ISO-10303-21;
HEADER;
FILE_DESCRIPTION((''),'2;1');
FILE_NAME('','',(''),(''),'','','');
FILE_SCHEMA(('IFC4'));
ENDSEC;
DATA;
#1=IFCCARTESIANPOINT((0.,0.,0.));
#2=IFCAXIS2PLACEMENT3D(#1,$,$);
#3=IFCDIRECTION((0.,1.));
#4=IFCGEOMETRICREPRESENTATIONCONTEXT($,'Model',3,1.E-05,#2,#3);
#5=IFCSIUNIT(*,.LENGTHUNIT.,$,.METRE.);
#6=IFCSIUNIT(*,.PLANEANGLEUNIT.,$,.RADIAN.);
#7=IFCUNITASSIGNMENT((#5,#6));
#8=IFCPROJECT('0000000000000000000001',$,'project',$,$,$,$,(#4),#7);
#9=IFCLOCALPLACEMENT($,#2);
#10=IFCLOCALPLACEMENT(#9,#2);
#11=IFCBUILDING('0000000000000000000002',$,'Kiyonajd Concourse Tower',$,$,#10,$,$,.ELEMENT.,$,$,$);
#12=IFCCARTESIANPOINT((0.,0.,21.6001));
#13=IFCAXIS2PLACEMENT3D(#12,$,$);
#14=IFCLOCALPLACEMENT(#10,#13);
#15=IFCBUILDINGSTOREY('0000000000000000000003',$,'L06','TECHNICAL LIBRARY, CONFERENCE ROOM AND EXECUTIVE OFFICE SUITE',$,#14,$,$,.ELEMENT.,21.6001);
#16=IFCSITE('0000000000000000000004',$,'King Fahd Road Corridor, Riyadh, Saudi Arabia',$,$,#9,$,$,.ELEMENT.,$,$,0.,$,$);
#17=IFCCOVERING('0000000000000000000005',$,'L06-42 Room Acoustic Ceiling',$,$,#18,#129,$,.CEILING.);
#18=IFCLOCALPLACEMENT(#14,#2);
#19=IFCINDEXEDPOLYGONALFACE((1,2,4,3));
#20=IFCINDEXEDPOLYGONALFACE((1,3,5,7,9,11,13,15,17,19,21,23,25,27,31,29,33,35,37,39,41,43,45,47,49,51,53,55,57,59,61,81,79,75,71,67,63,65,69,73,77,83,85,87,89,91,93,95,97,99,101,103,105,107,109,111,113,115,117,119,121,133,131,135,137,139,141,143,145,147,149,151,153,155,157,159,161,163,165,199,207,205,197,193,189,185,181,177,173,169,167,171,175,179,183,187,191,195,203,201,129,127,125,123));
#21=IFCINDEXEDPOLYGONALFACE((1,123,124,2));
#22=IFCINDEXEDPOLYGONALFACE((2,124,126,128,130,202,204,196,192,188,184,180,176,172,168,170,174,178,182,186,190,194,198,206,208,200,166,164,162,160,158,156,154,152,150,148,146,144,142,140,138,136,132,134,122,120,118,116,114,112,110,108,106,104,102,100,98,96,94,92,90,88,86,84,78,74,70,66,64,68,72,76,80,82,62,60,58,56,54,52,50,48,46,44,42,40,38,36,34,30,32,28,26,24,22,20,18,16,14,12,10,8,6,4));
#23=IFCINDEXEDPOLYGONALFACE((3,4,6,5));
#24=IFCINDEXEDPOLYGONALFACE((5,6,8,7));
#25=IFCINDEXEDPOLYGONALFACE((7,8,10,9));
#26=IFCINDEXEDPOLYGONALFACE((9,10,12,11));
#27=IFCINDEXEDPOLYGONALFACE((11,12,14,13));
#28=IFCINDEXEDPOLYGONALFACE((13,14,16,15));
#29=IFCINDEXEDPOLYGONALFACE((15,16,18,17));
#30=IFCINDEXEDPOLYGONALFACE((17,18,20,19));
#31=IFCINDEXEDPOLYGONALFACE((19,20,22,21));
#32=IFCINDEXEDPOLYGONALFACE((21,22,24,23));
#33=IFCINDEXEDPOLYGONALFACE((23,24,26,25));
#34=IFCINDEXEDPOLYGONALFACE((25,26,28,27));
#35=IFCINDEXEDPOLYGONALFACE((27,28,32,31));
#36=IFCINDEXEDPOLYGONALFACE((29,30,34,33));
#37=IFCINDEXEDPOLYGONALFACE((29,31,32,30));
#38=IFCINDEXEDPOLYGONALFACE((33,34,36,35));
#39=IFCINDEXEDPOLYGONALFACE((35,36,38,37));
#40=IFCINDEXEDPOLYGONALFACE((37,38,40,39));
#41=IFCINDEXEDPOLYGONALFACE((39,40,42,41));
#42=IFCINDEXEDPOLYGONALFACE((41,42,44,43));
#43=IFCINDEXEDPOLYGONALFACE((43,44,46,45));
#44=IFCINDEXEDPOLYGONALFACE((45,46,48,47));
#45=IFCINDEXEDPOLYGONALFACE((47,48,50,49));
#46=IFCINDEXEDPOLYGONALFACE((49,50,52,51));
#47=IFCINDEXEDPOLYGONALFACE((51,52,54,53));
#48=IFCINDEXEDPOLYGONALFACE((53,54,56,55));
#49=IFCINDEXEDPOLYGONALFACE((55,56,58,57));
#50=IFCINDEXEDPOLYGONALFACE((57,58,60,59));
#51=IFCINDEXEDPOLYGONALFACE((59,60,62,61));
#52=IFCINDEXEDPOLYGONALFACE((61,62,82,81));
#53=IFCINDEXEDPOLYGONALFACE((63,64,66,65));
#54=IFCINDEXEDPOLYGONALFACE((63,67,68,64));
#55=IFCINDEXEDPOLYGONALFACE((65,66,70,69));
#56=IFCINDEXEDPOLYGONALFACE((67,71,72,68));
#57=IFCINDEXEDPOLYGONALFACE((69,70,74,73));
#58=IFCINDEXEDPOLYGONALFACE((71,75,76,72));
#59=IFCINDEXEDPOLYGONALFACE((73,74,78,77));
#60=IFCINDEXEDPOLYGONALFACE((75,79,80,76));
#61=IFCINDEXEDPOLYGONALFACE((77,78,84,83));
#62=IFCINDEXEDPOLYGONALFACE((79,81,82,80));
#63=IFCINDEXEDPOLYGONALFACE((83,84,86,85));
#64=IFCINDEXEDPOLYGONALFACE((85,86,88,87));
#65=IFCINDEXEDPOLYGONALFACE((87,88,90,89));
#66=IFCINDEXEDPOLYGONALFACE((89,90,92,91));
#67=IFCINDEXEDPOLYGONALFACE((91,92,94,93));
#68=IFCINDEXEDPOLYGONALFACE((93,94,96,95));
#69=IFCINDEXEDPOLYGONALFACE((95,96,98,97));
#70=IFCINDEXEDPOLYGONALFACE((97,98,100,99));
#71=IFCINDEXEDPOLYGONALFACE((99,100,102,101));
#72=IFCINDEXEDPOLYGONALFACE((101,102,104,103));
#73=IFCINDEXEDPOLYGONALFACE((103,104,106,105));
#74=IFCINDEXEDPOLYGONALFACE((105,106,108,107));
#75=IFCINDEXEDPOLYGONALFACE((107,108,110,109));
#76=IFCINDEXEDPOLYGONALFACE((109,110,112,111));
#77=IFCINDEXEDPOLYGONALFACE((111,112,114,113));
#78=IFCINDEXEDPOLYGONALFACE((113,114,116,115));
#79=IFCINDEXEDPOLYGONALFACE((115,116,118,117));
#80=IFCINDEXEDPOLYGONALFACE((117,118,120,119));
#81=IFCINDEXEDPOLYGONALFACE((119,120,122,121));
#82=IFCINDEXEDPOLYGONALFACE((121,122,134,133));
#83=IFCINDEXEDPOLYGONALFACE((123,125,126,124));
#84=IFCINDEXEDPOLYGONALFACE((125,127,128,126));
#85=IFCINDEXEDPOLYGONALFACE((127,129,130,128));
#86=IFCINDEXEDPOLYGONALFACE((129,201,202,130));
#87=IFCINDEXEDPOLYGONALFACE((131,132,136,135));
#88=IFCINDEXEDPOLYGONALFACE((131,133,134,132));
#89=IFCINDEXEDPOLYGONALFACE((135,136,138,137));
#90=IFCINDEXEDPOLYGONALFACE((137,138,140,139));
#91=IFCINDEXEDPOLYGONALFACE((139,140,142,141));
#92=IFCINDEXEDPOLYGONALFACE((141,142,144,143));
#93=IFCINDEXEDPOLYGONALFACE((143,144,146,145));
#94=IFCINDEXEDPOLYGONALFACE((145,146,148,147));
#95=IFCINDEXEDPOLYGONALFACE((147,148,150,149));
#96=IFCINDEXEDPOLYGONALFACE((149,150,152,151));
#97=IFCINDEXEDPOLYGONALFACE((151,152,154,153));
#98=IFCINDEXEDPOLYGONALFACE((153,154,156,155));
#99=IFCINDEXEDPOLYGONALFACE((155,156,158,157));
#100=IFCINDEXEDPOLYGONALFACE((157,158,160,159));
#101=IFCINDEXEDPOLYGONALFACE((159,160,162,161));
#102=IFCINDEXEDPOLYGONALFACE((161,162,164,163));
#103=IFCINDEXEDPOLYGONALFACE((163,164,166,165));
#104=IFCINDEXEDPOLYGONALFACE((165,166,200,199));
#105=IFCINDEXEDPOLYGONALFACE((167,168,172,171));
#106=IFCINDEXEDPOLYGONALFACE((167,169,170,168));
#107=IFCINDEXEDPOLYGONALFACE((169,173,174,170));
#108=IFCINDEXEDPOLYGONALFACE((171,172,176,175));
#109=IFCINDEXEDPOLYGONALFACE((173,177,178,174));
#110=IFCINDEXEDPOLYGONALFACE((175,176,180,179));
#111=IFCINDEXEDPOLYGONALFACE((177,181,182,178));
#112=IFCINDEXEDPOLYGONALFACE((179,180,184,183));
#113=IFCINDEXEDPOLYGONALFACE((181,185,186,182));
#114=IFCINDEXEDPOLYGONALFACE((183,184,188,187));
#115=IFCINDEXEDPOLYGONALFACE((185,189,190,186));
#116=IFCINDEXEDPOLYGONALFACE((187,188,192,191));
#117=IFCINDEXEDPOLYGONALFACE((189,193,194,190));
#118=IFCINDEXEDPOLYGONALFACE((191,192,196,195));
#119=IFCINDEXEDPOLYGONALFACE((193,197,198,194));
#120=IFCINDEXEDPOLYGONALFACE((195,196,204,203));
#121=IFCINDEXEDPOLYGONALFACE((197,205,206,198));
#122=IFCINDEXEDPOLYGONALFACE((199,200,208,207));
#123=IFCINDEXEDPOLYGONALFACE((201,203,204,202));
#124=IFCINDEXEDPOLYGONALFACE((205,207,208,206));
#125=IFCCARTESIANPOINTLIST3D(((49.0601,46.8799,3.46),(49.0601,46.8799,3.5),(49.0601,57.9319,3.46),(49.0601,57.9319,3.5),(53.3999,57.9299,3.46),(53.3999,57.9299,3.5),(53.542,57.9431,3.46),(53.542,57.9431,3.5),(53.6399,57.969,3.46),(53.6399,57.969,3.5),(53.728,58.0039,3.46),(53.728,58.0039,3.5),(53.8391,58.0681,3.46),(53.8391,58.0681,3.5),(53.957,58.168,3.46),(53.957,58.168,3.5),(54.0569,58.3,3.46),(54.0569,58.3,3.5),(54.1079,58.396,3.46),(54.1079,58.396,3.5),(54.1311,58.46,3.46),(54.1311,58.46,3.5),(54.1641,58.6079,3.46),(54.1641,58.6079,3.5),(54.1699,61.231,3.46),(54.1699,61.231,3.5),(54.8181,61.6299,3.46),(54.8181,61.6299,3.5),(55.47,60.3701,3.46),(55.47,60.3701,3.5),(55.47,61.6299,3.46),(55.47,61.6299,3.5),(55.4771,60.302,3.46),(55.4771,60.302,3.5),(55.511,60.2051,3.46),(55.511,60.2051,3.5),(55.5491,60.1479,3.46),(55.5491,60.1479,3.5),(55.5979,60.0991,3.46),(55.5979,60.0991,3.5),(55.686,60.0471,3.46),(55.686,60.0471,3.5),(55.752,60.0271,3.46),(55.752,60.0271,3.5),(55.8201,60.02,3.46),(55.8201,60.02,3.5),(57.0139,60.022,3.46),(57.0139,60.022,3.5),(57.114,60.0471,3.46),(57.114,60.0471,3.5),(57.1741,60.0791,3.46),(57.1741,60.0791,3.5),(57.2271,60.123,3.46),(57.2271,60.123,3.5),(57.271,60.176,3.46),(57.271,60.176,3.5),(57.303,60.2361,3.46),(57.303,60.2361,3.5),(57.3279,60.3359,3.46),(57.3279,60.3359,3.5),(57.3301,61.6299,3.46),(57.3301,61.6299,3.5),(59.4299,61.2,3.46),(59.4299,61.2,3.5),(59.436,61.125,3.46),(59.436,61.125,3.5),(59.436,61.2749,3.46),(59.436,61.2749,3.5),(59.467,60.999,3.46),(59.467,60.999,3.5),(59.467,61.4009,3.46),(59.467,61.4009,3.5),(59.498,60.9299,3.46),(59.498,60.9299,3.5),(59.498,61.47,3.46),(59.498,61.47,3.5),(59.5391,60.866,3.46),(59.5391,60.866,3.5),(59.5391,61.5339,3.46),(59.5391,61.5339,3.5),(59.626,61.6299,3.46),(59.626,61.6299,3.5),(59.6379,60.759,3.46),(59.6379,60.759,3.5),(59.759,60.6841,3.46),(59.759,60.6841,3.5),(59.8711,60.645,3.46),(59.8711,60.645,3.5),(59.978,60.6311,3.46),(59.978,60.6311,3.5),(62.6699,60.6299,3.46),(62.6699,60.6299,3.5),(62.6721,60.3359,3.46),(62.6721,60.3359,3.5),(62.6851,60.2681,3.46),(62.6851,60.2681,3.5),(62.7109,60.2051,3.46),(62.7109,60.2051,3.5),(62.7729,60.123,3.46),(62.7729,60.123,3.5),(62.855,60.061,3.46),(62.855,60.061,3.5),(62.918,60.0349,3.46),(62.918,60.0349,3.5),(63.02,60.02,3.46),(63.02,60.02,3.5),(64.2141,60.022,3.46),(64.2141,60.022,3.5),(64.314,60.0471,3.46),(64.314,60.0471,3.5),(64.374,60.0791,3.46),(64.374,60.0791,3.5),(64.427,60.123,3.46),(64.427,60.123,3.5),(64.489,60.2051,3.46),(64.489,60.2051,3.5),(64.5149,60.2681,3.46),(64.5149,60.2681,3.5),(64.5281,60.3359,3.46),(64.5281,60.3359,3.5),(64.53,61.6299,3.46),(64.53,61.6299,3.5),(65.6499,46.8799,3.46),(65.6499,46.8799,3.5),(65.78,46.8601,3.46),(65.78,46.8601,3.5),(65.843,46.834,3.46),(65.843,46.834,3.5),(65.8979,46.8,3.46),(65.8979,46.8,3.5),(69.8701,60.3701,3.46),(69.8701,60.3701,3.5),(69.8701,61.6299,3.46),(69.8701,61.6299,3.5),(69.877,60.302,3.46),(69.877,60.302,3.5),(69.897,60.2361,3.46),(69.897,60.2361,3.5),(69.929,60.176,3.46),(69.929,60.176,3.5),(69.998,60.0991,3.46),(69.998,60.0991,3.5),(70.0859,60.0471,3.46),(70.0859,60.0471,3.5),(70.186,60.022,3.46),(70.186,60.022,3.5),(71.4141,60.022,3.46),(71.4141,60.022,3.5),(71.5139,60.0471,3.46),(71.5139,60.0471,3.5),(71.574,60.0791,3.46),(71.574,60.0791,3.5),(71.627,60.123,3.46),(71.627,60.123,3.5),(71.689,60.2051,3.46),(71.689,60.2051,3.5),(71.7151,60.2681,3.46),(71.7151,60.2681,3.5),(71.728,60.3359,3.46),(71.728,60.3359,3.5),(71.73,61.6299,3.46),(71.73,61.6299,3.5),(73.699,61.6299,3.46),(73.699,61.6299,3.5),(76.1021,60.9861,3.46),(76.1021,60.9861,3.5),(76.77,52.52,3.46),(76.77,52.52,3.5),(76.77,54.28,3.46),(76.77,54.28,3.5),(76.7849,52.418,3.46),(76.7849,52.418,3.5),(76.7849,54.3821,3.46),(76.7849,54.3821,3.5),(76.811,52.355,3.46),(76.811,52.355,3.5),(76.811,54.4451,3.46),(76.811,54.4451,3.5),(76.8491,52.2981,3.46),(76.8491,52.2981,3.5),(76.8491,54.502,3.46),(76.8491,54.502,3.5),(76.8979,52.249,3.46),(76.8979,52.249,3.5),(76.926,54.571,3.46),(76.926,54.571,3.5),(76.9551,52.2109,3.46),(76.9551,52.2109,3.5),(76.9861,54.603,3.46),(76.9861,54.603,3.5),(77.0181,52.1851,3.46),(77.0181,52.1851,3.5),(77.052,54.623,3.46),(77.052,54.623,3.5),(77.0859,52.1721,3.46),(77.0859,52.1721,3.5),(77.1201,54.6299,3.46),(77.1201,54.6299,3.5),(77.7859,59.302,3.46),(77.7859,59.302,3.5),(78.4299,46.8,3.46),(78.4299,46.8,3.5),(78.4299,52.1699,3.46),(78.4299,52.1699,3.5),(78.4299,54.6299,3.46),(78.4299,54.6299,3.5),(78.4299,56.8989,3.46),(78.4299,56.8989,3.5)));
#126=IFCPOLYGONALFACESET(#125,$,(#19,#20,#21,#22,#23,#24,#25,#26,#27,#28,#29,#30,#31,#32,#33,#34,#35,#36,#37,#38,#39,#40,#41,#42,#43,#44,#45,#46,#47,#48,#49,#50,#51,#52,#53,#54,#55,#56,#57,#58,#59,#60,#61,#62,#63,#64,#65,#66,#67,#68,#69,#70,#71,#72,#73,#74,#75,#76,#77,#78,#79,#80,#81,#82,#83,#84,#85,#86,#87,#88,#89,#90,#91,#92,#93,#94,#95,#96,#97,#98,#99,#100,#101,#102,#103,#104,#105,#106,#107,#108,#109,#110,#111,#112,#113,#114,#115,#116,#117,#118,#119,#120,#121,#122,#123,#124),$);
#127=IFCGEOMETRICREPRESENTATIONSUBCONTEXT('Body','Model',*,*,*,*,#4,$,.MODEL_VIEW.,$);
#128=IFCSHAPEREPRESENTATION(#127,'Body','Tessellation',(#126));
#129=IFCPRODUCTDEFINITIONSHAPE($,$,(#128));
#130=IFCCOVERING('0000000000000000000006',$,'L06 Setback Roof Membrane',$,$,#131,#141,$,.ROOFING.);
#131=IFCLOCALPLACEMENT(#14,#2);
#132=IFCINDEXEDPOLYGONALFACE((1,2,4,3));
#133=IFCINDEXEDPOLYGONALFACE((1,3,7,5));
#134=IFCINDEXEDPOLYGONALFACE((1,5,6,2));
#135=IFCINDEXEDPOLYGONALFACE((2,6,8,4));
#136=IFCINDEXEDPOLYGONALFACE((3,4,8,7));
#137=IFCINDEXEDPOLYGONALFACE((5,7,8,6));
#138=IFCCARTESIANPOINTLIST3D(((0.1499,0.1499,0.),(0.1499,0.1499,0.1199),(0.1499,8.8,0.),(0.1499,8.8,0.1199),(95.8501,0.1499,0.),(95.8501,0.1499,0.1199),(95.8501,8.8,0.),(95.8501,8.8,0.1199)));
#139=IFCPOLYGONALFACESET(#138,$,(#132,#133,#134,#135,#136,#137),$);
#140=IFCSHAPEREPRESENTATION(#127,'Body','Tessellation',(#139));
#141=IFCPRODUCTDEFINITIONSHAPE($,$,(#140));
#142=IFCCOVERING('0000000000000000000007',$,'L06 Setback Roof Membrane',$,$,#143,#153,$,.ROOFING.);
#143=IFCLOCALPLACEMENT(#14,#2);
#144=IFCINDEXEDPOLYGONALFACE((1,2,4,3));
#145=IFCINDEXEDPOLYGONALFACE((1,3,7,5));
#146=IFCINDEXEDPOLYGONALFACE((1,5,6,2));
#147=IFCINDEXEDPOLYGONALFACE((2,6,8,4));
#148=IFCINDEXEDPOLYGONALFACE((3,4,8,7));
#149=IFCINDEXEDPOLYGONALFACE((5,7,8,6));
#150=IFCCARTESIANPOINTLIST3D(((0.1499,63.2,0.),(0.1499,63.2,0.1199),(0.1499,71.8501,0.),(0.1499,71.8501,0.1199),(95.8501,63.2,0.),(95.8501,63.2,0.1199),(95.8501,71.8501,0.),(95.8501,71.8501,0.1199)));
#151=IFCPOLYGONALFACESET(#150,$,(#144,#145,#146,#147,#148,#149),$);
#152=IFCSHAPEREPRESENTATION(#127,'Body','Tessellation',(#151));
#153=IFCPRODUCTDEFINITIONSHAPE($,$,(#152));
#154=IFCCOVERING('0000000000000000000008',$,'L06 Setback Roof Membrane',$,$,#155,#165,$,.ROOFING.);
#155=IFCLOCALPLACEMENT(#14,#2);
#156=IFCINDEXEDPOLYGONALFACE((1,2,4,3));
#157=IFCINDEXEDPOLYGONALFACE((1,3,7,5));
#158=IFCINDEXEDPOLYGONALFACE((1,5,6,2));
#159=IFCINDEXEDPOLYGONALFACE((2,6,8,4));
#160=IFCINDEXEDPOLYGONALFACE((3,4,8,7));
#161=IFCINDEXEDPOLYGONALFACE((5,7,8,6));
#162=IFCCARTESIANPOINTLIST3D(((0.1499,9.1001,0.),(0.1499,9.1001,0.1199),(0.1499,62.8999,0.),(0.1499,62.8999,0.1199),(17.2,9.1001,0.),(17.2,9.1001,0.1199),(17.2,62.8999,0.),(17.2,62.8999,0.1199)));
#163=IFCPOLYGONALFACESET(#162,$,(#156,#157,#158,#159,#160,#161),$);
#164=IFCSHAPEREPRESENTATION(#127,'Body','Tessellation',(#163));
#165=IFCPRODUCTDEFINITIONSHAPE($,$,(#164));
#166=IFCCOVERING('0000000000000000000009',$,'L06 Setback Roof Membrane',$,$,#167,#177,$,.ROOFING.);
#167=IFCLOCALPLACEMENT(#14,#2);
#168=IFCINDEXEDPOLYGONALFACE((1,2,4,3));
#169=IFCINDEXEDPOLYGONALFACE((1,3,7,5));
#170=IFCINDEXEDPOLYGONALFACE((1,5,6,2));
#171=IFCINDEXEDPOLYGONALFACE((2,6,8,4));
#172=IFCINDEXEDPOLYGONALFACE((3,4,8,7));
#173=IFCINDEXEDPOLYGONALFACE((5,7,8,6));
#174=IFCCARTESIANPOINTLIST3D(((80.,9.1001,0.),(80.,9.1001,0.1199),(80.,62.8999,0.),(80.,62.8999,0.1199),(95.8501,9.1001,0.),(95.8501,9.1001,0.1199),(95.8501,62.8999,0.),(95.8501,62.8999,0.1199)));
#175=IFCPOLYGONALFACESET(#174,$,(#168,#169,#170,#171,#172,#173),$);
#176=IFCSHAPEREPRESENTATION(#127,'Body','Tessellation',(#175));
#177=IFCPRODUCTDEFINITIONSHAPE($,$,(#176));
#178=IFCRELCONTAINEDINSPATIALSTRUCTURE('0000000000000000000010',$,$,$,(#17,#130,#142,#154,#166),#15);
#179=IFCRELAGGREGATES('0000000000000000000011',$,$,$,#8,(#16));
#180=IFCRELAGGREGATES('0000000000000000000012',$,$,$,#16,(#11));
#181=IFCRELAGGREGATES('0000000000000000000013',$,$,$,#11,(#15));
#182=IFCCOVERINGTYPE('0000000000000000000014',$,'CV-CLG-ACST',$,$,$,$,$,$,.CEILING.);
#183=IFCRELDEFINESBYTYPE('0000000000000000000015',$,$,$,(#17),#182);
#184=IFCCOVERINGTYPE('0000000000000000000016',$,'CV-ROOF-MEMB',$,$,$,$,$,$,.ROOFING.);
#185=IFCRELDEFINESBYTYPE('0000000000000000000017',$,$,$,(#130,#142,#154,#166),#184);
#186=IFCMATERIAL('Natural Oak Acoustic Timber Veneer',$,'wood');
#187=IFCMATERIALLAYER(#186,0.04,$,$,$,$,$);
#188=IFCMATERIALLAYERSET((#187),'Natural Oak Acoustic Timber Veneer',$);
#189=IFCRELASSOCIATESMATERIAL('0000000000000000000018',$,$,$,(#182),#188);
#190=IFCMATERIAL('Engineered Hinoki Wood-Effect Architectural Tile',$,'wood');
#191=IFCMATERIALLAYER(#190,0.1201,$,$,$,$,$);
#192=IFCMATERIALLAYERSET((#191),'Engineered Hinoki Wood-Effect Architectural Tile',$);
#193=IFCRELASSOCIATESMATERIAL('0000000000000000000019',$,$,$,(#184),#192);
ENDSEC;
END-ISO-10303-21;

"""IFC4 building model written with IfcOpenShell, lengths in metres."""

from ifc_helpers import new_model, si_unit, direction, frame, origin, place, context, subcontext, project, spatial, polyline, outline, extrude, material, layer, layer_set, type_object, element, save


model = new_model("IFC4")

# Units and contexts
model_context = context("Model", 3, precision=1e-05, world=origin(), true_north=direction((0.0, 1.0)))
body_context = subcontext(model_context, "Body", "Model", "MODEL_VIEW")
ifc_project = project(units=[si_unit("LENGTHUNIT", "METRE"), si_unit("PLANEANGLEUNIT", "RADIAN")], contexts=[model_context])

# Site, building, storey
site_placement = place(None, origin())
site = spatial("IfcSite", under=ifc_project, at=site_placement, Name="King Fahd Road Corridor, Riyadh, Saudi Arabia", CompositionType="ELEMENT", RefElevation=0.0)
building_placement = place(site_placement, origin())
building = spatial("IfcBuilding", under=site, at=building_placement, Name="Kiyonajd Concourse Tower", CompositionType="ELEMENT")
storey_placement = place(building_placement, frame((0.0, 0.0, 21.6001)))
storey = spatial("IfcBuildingStorey", under=building, at=storey_placement, Name="L06", Description="TECHNICAL LIBRARY, CONFERENCE ROOM AND EXECUTIVE OFFICE SUITE", CompositionType="ELEMENT", Elevation=21.6001)

# Coverings
ifc_material_1 = material(Name="Natural Oak Acoustic Timber Veneer", Category="wood")
ifc_layer_1 = layer(ifc_material_1, 0.04)
ifc_layer_set_1 = layer_set([ifc_layer_1], Name="Natural Oak Acoustic Timber Veneer")
covering_type_1 = type_object("IfcCoveringType", Name="CV-CLG-ACST", PredefinedType="CEILING", material=ifc_layer_set_1)
covering_1_placement = place(storey_placement, frame((0.0, 0.0, 3.46)))
element("IfcCovering", 1, at=covering_1_placement, inside=storey, type_object=covering_type_1, Name="L06-42 Room Acoustic Ceiling", PredefinedType="CEILING", context=body_context, shape_type="SweptSolid", body=[
    extrude(outline(polyline([(49.0601, 57.9319), (53.3999, 57.9299), (53.542, 57.9431), (53.6399, 57.969), (53.728, 58.0039), (53.8391, 58.0681), (53.957, 58.168), (54.0569, 58.3), (54.1079, 58.396), (54.1311, 58.46), (54.1641, 58.6079), (54.1699, 61.231), (54.8181, 61.6299), (55.47, 61.6299), (55.47, 60.3701), (55.4771, 60.302), (55.511, 60.2051), (55.5491, 60.1479), (55.5979, 60.0991), (55.686, 60.0471), (55.752, 60.0271), (55.8201, 60.02), (57.0139, 60.022), (57.114, 60.0471), (57.1741, 60.0791), (57.2271, 60.123), (57.271, 60.176), (57.303, 60.2361), (57.3279, 60.3359), (57.3301, 61.6299), (59.626, 61.6299), (59.5391, 61.5339), (59.498, 61.47), (59.467, 61.4009), (59.436, 61.2749), (59.4299, 61.2), (59.436, 61.125), (59.467, 60.999), (59.498, 60.9299), (59.5391, 60.866), (59.6379, 60.759), (59.759, 60.6841), (59.8711, 60.645), (59.978, 60.6311), (62.6699, 60.6299), (62.6721, 60.3359), (62.6851, 60.2681), (62.7109, 60.2051), (62.7729, 60.123), (62.855, 60.061), (62.918, 60.0349), (63.02, 60.02), (64.2141, 60.022), (64.314, 60.0471), (64.374, 60.0791), (64.427, 60.123), (64.489, 60.2051), (64.5149, 60.2681), (64.5281, 60.3359), (64.53, 61.6299), (69.8701, 61.6299), (69.8701, 60.3701), (69.877, 60.302), (69.897, 60.2361), (69.929, 60.176), (69.998, 60.0991), (70.0859, 60.0471), (70.186, 60.022), (71.4141, 60.022), (71.5139, 60.0471), (71.574, 60.0791), (71.627, 60.123), (71.689, 60.2051), (71.7151, 60.2681), (71.728, 60.3359), (71.73, 61.6299), (73.699, 61.6299), (76.1021, 60.9861), (77.7859, 59.302), (78.4299, 56.8989), (78.4299, 54.6299), (77.1201, 54.6299), (77.052, 54.623), (76.9861, 54.603), (76.926, 54.571), (76.8491, 54.502), (76.811, 54.4451), (76.7849, 54.3821), (76.77, 54.28), (76.77, 52.52), (76.7849, 52.418), (76.811, 52.355), (76.8491, 52.2981), (76.8979, 52.249), (76.9551, 52.2109), (77.0181, 52.1851), (77.0859, 52.1721), (78.4299, 52.1699), (78.4299, 46.8), (65.8979, 46.8), (65.843, 46.834), (65.78, 46.8601), (65.6499, 46.8799), (49.0601, 46.8799), (49.0601, 57.9319)])), origin(), (0.0, 0.0, 1.0), 0.04),
])
ifc_material_2 = material(Name="Engineered Hinoki Wood-Effect Architectural Tile", Category="wood")
ifc_layer_2 = layer(ifc_material_2, 0.1201)
ifc_layer_set_2 = layer_set([ifc_layer_2], Name="Engineered Hinoki Wood-Effect Architectural Tile")
covering_type_2 = type_object("IfcCoveringType", Name="CV-ROOF-MEMB", PredefinedType="ROOFING", material=ifc_layer_set_2)
covering_2_placement = place(storey_placement, origin())
element("IfcCovering", 2, at=covering_2_placement, inside=storey, type_object=covering_type_2, Name="L06 Setback Roof Membrane", PredefinedType="ROOFING", context=body_context, shape_type="SweptSolid", body=[
    extrude(outline(polyline([(95.8501, 0.1499), (0.1499, 0.1499), (0.1499, 8.8), (95.8501, 8.8), (95.8501, 0.1499)])), origin(), (0.0, 0.0, 1.0), 0.1199),
])
covering_3_placement = place(storey_placement, origin())
element("IfcCovering", 3, at=covering_3_placement, inside=storey, type_object=covering_type_2, Name="L06 Setback Roof Membrane", PredefinedType="ROOFING", context=body_context, shape_type="SweptSolid", body=[
    extrude(outline(polyline([(95.8501, 71.8501), (95.8501, 63.2), (0.1499, 63.2), (0.1499, 71.8501), (95.8501, 71.8501)])), origin(), (0.0, 0.0, 1.0), 0.1199),
])
covering_4_placement = place(storey_placement, origin())
element("IfcCovering", 4, at=covering_4_placement, inside=storey, type_object=covering_type_2, Name="L06 Setback Roof Membrane", PredefinedType="ROOFING", context=body_context, shape_type="SweptSolid", body=[
    extrude(outline(polyline([(0.1499, 62.8999), (17.2, 62.8999), (17.2, 9.1001), (0.1499, 9.1001), (0.1499, 62.8999)])), origin(), (0.0, 0.0, 1.0), 0.1199),
])
covering_5_placement = place(storey_placement, origin())
element("IfcCovering", 5, at=covering_5_placement, inside=storey, type_object=covering_type_2, Name="L06 Setback Roof Membrane", PredefinedType="ROOFING", context=body_context, shape_type="SweptSolid", body=[
    extrude(outline(polyline([(95.8501, 9.1001), (80.0, 9.1001), (80.0, 62.8999), (95.8501, 62.8999), (95.8501, 9.1001)])), origin(), (0.0, 0.0, 1.0), 0.1199),
])

save(model, "model.ifc")
